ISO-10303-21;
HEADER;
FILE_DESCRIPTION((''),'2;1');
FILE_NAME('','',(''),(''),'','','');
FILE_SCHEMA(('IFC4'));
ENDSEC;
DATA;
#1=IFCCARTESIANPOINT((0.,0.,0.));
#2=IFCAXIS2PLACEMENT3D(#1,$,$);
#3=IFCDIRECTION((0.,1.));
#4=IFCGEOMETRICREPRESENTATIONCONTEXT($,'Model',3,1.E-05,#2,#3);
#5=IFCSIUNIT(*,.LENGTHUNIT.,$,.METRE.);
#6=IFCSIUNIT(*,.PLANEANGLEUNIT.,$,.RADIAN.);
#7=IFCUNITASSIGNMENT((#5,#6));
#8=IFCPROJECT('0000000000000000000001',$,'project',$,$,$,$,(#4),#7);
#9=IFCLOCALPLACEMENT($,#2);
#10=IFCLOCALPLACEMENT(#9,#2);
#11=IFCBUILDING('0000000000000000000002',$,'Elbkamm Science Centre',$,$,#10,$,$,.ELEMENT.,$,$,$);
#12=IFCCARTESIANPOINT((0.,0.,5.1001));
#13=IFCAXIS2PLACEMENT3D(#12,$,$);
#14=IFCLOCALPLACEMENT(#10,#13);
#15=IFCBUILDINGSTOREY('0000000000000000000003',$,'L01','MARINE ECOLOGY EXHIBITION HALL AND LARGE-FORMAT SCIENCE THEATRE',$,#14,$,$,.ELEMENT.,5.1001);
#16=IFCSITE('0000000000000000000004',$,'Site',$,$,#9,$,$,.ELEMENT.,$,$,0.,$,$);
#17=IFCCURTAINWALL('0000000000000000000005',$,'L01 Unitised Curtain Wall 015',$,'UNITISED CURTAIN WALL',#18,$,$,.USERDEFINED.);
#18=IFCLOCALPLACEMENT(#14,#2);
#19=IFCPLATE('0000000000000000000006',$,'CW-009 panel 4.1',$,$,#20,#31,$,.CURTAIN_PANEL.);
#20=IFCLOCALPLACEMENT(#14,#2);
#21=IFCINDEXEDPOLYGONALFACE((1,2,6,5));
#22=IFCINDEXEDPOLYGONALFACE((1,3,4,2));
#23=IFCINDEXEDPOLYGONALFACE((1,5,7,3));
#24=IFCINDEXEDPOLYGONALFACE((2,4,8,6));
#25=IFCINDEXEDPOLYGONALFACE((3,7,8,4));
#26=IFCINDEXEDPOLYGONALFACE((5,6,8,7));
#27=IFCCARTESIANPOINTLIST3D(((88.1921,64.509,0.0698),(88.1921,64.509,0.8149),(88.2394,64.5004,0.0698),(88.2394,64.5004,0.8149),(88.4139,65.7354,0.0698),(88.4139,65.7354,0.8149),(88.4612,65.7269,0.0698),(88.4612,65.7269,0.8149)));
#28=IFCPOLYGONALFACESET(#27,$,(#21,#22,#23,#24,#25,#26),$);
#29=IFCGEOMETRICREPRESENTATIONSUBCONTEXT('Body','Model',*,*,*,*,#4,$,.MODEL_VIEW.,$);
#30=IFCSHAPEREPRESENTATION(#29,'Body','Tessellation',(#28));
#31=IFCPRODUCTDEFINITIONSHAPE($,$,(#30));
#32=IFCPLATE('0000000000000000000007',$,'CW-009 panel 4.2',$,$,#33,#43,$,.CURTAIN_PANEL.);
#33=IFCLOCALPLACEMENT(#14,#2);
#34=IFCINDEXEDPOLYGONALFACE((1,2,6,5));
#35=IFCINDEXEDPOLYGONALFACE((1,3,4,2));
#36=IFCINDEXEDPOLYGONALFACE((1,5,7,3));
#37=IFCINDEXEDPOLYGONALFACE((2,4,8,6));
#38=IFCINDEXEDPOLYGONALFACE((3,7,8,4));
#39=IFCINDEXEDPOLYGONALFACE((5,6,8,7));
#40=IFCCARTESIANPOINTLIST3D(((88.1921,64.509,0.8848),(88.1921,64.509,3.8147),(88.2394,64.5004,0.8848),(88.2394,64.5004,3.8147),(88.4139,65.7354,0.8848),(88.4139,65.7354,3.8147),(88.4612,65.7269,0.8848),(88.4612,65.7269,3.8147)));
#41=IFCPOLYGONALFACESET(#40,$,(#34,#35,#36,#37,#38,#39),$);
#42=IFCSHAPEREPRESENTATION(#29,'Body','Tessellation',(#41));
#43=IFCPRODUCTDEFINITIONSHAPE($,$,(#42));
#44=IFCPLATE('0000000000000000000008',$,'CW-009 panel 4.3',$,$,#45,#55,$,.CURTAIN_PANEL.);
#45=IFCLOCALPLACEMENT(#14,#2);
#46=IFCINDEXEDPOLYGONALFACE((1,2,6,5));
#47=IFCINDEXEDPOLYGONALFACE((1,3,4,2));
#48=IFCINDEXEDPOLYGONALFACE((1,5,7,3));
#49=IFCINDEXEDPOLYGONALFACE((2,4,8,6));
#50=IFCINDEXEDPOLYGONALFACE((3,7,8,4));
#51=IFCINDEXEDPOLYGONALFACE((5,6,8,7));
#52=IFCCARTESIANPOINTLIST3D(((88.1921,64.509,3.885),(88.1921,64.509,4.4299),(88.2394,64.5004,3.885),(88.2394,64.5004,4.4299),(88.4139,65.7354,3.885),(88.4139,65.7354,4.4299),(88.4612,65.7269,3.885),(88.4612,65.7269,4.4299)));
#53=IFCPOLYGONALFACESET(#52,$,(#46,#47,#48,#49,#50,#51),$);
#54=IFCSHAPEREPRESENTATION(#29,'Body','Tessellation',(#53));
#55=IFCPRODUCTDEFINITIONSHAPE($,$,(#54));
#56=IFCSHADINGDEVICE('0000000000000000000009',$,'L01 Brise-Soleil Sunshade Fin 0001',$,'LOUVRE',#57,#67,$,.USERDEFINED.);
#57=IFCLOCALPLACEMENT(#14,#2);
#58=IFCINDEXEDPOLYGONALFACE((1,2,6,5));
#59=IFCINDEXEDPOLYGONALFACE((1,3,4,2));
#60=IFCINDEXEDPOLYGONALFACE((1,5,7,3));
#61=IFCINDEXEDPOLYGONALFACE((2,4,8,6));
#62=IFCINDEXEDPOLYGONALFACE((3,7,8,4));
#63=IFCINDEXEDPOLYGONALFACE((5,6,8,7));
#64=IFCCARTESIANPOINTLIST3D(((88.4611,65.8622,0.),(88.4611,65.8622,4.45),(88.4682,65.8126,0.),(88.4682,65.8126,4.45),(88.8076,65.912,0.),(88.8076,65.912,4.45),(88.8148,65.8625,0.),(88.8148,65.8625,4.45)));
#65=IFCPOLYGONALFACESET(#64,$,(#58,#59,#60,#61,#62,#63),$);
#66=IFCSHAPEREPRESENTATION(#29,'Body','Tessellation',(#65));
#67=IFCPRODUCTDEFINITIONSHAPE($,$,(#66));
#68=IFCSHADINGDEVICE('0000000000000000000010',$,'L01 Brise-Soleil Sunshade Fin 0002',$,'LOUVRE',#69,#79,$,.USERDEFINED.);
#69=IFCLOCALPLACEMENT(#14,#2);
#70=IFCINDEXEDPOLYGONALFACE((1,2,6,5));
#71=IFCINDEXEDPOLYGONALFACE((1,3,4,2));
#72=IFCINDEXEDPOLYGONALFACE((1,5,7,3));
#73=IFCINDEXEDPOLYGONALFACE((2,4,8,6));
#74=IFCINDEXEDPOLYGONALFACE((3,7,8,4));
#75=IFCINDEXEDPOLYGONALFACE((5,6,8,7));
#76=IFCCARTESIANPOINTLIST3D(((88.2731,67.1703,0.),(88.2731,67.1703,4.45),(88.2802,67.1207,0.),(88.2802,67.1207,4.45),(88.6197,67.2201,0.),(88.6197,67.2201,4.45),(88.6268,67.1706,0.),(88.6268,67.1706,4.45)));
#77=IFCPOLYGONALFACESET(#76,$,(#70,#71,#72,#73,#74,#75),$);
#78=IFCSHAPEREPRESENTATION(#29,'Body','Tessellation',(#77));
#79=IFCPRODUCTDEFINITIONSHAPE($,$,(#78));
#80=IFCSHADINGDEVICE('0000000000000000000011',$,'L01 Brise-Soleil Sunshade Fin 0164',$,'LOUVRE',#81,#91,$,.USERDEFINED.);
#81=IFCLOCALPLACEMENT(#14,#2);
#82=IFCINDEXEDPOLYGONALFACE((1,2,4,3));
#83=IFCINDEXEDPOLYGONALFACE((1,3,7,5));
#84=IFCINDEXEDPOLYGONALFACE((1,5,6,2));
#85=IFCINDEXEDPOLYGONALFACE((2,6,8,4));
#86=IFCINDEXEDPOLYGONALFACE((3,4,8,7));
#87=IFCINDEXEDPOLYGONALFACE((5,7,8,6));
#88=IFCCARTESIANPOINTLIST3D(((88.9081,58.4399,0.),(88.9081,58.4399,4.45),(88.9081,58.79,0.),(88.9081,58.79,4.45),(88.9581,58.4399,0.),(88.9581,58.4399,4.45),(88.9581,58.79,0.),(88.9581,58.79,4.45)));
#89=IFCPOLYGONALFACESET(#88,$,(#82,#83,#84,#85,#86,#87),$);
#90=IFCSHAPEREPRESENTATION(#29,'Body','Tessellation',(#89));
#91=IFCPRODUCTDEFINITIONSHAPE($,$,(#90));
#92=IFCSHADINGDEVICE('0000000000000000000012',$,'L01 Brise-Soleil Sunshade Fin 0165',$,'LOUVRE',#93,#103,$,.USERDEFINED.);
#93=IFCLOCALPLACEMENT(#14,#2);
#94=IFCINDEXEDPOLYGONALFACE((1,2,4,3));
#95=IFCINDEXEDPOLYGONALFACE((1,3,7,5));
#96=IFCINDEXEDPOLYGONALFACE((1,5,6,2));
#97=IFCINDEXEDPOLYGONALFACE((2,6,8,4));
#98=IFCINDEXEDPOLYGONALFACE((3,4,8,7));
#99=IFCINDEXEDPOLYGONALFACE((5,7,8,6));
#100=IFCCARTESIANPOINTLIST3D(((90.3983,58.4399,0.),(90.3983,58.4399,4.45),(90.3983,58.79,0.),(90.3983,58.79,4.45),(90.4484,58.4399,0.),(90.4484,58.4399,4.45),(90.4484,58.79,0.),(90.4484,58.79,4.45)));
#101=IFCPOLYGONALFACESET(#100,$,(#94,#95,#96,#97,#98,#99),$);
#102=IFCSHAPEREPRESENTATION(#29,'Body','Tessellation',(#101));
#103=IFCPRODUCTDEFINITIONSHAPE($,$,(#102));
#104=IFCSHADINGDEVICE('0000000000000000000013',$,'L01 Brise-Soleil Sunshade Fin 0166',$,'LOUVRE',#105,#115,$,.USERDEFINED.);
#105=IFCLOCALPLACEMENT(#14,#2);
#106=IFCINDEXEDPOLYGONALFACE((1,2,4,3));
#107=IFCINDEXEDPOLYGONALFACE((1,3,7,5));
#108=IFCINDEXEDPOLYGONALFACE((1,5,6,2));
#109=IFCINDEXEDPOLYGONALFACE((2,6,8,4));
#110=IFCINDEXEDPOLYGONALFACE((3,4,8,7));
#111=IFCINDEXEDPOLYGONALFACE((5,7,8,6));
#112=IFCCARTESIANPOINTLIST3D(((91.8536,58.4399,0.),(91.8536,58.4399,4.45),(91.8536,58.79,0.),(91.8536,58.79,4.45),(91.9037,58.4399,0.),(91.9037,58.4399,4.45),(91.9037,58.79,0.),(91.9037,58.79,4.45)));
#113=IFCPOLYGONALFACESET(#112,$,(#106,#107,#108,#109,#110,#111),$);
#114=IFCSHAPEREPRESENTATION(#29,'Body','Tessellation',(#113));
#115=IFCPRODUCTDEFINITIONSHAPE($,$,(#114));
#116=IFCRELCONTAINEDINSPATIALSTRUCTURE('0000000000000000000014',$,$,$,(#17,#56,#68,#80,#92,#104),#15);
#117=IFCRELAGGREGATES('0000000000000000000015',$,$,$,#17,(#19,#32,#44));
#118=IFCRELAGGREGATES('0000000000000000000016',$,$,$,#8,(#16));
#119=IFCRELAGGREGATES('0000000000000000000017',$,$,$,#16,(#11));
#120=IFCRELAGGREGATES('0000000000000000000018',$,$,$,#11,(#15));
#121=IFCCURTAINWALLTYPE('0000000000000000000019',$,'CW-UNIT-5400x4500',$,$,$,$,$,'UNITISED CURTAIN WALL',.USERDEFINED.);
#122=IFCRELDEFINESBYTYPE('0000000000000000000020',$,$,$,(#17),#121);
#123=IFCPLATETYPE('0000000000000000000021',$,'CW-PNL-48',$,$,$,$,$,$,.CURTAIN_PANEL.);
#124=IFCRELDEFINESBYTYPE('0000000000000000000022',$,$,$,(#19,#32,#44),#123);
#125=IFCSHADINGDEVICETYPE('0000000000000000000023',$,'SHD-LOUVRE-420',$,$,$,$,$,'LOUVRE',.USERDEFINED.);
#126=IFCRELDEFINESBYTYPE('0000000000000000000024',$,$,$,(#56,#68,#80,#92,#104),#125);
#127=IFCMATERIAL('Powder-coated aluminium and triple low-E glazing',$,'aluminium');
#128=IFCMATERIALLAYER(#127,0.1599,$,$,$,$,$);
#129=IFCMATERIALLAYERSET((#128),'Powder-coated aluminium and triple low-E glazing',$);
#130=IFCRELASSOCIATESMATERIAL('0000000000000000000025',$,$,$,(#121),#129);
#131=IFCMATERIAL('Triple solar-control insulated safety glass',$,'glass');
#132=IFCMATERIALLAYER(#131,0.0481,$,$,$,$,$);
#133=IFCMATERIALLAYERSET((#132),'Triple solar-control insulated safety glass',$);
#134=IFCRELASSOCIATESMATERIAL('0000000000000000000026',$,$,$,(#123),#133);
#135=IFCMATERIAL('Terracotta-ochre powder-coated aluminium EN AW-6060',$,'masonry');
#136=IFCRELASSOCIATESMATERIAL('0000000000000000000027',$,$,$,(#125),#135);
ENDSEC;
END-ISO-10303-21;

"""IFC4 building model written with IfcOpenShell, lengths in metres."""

from ifc_helpers import new_model, si_unit, direction, frame, origin, origin_2d, place, context, subcontext, project, spatial, rectangle, extrude, material, layer, layer_set, type_object, element, aggregate, save


model = new_model("IFC4")

# Units and contexts
model_context = context("Model", 3, precision=1e-05, world=origin(), true_north=direction((0.0, 1.0)))
body_context = subcontext(model_context, "Body", "Model", "MODEL_VIEW")
ifc_project = project(units=[si_unit("LENGTHUNIT", "METRE"), si_unit("PLANEANGLEUNIT", "RADIAN")], contexts=[model_context])

# Site, building, storey
site_placement = place(None, origin())
site = spatial("IfcSite", under=ifc_project, at=site_placement, Name="Site", CompositionType="ELEMENT", RefElevation=0.0)
building_placement = place(site_placement, origin())
building = spatial("IfcBuilding", under=site, at=building_placement, Name="Elbkamm Science Centre", CompositionType="ELEMENT")
storey_placement = place(building_placement, frame((0.0, 0.0, 5.1001)))
storey = spatial("IfcBuildingStorey", under=building, at=storey_placement, Name="L01", Description="MARINE ECOLOGY EXHIBITION HALL AND LARGE-FORMAT SCIENCE THEATRE", CompositionType="ELEMENT", Elevation=5.1001)

# Curtain wall
ifc_material_1 = material(Name="Powder-coated aluminium and triple low-E glazing", Category="aluminium")
ifc_layer_1 = layer(ifc_material_1, 0.1599)
ifc_layer_set_1 = layer_set([ifc_layer_1], Name="Powder-coated aluminium and triple low-E glazing")
curtain_wall_type_1 = type_object("IfcCurtainWallType", Name="CW-UNIT-5400x4500", ElementType="UNITISED CURTAIN WALL", PredefinedType="USERDEFINED", material=ifc_layer_set_1)
curtain_wall_1_placement = place(storey_placement, origin())
curtain_wall_1 = element("IfcCurtainWall", 1, at=curtain_wall_1_placement, inside=storey, type_object=curtain_wall_type_1, Name="L01 Unitised Curtain Wall 015", ObjectType="UNITISED CURTAIN WALL", PredefinedType="USERDEFINED")

# Plates
ifc_material_2 = material(Name="Triple solar-control insulated safety glass", Category="glass")
ifc_layer_2 = layer(ifc_material_2, 0.0481)
ifc_layer_set_2 = layer_set([ifc_layer_2], Name="Triple solar-control insulated safety glass")
plate_type = type_object("IfcPlateType", Name="CW-PNL-48", PredefinedType="CURTAIN_PANEL", material=ifc_layer_set_2)
plate_1_placement = place(storey_placement, frame((88.3267, 65.1179, 0.0698), z_axis=(0.0, 0.0, 1.0), x_axis=(0.178003, 0.98403, 0.0)))
plate_1 = element("IfcPlate", 2, at=plate_1_placement, type_object=plate_type, Name="CW-009 panel 4.1", PredefinedType="CURTAIN_PANEL", context=body_context, shape_type="SweptSolid", body=[
    extrude(rectangle(XDim=1.2463, YDim=0.0481, at=origin_2d()), origin(), (0.0, 0.0, 1.0), 0.7451),
])
plate_2_placement = place(storey_placement, frame((88.3267, 65.1179, 0.8848), z_axis=(0.0, 0.0, 1.0), x_axis=(0.178003, 0.98403, 0.0)))
plate_2 = element("IfcPlate", 3, at=plate_2_placement, type_object=plate_type, Name="CW-009 panel 4.2", PredefinedType="CURTAIN_PANEL", context=body_context, shape_type="SweptSolid", body=[
    extrude(rectangle(XDim=1.2463, YDim=0.0481, at=origin_2d()), origin(), (0.0, 0.0, 1.0), 2.9299),
])
plate_3_placement = place(storey_placement, frame((88.3267, 65.1179, 3.885), z_axis=(0.0, 0.0, 1.0), x_axis=(0.178003, 0.98403, 0.0)))
plate_3 = element("IfcPlate", 4, at=plate_3_placement, type_object=plate_type, Name="CW-009 panel 4.3", PredefinedType="CURTAIN_PANEL", context=body_context, shape_type="SweptSolid", body=[
    extrude(rectangle(XDim=1.2463, YDim=0.0481, at=origin_2d()), origin(), (0.0, 0.0, 1.0), 0.5449),
])
aggregate(curtain_wall_1, [plate_1, plate_2, plate_3])

# Shading devices
ifc_material_3 = material(Name="Terracotta-ochre powder-coated aluminium EN AW-6060", Category="masonry")
shading_device_type = type_object("IfcShadingDeviceType", Name="SHD-LOUVRE-420", ElementType="LOUVRE", PredefinedType="USERDEFINED", material=ifc_material_3)
for number, where, z_axis, x_axis, name in (
    (5, (88.6379, 65.8623, 0.0), (0.0, 0.0, 1.0), (0.989819, 0.142332, 0.0), "L01 Brise-Soleil Sunshade Fin 0001"),
    (6, (88.45, 67.1704, 0.0), (0.0, 0.0, 1.0), (0.989819, 0.142332, 0.0), "L01 Brise-Soleil Sunshade Fin 0002"),
    (7, (88.9331, 58.615, 0.0), (0.0, 0.0, 1.0), (0.0, 1.0, 0.0), "L01 Brise-Soleil Sunshade Fin 0164"),
    (8, (90.4233, 58.615, 0.0), (0.0, 0.0, 1.0), (0.0, 1.0, 0.0), "L01 Brise-Soleil Sunshade Fin 0165"),
    (9, (91.8787, 58.615, 0.0), (0.0, 0.0, 1.0), (0.0, 1.0, 0.0), "L01 Brise-Soleil Sunshade Fin 0166"),
):
    element("IfcShadingDevice", number, at=place(storey_placement, frame(where, z_axis=z_axis, x_axis=x_axis)), inside=storey, type_object=shading_device_type, Name=name, ObjectType="LOUVRE", PredefinedType="USERDEFINED", context=body_context, shape_type="SweptSolid", body=[
        extrude(rectangle(XDim=0.3501, YDim=0.05, at=origin_2d()), origin(), (0.0, 0.0, 1.0), 4.45),
    ])

save(model, "model.ifc")
